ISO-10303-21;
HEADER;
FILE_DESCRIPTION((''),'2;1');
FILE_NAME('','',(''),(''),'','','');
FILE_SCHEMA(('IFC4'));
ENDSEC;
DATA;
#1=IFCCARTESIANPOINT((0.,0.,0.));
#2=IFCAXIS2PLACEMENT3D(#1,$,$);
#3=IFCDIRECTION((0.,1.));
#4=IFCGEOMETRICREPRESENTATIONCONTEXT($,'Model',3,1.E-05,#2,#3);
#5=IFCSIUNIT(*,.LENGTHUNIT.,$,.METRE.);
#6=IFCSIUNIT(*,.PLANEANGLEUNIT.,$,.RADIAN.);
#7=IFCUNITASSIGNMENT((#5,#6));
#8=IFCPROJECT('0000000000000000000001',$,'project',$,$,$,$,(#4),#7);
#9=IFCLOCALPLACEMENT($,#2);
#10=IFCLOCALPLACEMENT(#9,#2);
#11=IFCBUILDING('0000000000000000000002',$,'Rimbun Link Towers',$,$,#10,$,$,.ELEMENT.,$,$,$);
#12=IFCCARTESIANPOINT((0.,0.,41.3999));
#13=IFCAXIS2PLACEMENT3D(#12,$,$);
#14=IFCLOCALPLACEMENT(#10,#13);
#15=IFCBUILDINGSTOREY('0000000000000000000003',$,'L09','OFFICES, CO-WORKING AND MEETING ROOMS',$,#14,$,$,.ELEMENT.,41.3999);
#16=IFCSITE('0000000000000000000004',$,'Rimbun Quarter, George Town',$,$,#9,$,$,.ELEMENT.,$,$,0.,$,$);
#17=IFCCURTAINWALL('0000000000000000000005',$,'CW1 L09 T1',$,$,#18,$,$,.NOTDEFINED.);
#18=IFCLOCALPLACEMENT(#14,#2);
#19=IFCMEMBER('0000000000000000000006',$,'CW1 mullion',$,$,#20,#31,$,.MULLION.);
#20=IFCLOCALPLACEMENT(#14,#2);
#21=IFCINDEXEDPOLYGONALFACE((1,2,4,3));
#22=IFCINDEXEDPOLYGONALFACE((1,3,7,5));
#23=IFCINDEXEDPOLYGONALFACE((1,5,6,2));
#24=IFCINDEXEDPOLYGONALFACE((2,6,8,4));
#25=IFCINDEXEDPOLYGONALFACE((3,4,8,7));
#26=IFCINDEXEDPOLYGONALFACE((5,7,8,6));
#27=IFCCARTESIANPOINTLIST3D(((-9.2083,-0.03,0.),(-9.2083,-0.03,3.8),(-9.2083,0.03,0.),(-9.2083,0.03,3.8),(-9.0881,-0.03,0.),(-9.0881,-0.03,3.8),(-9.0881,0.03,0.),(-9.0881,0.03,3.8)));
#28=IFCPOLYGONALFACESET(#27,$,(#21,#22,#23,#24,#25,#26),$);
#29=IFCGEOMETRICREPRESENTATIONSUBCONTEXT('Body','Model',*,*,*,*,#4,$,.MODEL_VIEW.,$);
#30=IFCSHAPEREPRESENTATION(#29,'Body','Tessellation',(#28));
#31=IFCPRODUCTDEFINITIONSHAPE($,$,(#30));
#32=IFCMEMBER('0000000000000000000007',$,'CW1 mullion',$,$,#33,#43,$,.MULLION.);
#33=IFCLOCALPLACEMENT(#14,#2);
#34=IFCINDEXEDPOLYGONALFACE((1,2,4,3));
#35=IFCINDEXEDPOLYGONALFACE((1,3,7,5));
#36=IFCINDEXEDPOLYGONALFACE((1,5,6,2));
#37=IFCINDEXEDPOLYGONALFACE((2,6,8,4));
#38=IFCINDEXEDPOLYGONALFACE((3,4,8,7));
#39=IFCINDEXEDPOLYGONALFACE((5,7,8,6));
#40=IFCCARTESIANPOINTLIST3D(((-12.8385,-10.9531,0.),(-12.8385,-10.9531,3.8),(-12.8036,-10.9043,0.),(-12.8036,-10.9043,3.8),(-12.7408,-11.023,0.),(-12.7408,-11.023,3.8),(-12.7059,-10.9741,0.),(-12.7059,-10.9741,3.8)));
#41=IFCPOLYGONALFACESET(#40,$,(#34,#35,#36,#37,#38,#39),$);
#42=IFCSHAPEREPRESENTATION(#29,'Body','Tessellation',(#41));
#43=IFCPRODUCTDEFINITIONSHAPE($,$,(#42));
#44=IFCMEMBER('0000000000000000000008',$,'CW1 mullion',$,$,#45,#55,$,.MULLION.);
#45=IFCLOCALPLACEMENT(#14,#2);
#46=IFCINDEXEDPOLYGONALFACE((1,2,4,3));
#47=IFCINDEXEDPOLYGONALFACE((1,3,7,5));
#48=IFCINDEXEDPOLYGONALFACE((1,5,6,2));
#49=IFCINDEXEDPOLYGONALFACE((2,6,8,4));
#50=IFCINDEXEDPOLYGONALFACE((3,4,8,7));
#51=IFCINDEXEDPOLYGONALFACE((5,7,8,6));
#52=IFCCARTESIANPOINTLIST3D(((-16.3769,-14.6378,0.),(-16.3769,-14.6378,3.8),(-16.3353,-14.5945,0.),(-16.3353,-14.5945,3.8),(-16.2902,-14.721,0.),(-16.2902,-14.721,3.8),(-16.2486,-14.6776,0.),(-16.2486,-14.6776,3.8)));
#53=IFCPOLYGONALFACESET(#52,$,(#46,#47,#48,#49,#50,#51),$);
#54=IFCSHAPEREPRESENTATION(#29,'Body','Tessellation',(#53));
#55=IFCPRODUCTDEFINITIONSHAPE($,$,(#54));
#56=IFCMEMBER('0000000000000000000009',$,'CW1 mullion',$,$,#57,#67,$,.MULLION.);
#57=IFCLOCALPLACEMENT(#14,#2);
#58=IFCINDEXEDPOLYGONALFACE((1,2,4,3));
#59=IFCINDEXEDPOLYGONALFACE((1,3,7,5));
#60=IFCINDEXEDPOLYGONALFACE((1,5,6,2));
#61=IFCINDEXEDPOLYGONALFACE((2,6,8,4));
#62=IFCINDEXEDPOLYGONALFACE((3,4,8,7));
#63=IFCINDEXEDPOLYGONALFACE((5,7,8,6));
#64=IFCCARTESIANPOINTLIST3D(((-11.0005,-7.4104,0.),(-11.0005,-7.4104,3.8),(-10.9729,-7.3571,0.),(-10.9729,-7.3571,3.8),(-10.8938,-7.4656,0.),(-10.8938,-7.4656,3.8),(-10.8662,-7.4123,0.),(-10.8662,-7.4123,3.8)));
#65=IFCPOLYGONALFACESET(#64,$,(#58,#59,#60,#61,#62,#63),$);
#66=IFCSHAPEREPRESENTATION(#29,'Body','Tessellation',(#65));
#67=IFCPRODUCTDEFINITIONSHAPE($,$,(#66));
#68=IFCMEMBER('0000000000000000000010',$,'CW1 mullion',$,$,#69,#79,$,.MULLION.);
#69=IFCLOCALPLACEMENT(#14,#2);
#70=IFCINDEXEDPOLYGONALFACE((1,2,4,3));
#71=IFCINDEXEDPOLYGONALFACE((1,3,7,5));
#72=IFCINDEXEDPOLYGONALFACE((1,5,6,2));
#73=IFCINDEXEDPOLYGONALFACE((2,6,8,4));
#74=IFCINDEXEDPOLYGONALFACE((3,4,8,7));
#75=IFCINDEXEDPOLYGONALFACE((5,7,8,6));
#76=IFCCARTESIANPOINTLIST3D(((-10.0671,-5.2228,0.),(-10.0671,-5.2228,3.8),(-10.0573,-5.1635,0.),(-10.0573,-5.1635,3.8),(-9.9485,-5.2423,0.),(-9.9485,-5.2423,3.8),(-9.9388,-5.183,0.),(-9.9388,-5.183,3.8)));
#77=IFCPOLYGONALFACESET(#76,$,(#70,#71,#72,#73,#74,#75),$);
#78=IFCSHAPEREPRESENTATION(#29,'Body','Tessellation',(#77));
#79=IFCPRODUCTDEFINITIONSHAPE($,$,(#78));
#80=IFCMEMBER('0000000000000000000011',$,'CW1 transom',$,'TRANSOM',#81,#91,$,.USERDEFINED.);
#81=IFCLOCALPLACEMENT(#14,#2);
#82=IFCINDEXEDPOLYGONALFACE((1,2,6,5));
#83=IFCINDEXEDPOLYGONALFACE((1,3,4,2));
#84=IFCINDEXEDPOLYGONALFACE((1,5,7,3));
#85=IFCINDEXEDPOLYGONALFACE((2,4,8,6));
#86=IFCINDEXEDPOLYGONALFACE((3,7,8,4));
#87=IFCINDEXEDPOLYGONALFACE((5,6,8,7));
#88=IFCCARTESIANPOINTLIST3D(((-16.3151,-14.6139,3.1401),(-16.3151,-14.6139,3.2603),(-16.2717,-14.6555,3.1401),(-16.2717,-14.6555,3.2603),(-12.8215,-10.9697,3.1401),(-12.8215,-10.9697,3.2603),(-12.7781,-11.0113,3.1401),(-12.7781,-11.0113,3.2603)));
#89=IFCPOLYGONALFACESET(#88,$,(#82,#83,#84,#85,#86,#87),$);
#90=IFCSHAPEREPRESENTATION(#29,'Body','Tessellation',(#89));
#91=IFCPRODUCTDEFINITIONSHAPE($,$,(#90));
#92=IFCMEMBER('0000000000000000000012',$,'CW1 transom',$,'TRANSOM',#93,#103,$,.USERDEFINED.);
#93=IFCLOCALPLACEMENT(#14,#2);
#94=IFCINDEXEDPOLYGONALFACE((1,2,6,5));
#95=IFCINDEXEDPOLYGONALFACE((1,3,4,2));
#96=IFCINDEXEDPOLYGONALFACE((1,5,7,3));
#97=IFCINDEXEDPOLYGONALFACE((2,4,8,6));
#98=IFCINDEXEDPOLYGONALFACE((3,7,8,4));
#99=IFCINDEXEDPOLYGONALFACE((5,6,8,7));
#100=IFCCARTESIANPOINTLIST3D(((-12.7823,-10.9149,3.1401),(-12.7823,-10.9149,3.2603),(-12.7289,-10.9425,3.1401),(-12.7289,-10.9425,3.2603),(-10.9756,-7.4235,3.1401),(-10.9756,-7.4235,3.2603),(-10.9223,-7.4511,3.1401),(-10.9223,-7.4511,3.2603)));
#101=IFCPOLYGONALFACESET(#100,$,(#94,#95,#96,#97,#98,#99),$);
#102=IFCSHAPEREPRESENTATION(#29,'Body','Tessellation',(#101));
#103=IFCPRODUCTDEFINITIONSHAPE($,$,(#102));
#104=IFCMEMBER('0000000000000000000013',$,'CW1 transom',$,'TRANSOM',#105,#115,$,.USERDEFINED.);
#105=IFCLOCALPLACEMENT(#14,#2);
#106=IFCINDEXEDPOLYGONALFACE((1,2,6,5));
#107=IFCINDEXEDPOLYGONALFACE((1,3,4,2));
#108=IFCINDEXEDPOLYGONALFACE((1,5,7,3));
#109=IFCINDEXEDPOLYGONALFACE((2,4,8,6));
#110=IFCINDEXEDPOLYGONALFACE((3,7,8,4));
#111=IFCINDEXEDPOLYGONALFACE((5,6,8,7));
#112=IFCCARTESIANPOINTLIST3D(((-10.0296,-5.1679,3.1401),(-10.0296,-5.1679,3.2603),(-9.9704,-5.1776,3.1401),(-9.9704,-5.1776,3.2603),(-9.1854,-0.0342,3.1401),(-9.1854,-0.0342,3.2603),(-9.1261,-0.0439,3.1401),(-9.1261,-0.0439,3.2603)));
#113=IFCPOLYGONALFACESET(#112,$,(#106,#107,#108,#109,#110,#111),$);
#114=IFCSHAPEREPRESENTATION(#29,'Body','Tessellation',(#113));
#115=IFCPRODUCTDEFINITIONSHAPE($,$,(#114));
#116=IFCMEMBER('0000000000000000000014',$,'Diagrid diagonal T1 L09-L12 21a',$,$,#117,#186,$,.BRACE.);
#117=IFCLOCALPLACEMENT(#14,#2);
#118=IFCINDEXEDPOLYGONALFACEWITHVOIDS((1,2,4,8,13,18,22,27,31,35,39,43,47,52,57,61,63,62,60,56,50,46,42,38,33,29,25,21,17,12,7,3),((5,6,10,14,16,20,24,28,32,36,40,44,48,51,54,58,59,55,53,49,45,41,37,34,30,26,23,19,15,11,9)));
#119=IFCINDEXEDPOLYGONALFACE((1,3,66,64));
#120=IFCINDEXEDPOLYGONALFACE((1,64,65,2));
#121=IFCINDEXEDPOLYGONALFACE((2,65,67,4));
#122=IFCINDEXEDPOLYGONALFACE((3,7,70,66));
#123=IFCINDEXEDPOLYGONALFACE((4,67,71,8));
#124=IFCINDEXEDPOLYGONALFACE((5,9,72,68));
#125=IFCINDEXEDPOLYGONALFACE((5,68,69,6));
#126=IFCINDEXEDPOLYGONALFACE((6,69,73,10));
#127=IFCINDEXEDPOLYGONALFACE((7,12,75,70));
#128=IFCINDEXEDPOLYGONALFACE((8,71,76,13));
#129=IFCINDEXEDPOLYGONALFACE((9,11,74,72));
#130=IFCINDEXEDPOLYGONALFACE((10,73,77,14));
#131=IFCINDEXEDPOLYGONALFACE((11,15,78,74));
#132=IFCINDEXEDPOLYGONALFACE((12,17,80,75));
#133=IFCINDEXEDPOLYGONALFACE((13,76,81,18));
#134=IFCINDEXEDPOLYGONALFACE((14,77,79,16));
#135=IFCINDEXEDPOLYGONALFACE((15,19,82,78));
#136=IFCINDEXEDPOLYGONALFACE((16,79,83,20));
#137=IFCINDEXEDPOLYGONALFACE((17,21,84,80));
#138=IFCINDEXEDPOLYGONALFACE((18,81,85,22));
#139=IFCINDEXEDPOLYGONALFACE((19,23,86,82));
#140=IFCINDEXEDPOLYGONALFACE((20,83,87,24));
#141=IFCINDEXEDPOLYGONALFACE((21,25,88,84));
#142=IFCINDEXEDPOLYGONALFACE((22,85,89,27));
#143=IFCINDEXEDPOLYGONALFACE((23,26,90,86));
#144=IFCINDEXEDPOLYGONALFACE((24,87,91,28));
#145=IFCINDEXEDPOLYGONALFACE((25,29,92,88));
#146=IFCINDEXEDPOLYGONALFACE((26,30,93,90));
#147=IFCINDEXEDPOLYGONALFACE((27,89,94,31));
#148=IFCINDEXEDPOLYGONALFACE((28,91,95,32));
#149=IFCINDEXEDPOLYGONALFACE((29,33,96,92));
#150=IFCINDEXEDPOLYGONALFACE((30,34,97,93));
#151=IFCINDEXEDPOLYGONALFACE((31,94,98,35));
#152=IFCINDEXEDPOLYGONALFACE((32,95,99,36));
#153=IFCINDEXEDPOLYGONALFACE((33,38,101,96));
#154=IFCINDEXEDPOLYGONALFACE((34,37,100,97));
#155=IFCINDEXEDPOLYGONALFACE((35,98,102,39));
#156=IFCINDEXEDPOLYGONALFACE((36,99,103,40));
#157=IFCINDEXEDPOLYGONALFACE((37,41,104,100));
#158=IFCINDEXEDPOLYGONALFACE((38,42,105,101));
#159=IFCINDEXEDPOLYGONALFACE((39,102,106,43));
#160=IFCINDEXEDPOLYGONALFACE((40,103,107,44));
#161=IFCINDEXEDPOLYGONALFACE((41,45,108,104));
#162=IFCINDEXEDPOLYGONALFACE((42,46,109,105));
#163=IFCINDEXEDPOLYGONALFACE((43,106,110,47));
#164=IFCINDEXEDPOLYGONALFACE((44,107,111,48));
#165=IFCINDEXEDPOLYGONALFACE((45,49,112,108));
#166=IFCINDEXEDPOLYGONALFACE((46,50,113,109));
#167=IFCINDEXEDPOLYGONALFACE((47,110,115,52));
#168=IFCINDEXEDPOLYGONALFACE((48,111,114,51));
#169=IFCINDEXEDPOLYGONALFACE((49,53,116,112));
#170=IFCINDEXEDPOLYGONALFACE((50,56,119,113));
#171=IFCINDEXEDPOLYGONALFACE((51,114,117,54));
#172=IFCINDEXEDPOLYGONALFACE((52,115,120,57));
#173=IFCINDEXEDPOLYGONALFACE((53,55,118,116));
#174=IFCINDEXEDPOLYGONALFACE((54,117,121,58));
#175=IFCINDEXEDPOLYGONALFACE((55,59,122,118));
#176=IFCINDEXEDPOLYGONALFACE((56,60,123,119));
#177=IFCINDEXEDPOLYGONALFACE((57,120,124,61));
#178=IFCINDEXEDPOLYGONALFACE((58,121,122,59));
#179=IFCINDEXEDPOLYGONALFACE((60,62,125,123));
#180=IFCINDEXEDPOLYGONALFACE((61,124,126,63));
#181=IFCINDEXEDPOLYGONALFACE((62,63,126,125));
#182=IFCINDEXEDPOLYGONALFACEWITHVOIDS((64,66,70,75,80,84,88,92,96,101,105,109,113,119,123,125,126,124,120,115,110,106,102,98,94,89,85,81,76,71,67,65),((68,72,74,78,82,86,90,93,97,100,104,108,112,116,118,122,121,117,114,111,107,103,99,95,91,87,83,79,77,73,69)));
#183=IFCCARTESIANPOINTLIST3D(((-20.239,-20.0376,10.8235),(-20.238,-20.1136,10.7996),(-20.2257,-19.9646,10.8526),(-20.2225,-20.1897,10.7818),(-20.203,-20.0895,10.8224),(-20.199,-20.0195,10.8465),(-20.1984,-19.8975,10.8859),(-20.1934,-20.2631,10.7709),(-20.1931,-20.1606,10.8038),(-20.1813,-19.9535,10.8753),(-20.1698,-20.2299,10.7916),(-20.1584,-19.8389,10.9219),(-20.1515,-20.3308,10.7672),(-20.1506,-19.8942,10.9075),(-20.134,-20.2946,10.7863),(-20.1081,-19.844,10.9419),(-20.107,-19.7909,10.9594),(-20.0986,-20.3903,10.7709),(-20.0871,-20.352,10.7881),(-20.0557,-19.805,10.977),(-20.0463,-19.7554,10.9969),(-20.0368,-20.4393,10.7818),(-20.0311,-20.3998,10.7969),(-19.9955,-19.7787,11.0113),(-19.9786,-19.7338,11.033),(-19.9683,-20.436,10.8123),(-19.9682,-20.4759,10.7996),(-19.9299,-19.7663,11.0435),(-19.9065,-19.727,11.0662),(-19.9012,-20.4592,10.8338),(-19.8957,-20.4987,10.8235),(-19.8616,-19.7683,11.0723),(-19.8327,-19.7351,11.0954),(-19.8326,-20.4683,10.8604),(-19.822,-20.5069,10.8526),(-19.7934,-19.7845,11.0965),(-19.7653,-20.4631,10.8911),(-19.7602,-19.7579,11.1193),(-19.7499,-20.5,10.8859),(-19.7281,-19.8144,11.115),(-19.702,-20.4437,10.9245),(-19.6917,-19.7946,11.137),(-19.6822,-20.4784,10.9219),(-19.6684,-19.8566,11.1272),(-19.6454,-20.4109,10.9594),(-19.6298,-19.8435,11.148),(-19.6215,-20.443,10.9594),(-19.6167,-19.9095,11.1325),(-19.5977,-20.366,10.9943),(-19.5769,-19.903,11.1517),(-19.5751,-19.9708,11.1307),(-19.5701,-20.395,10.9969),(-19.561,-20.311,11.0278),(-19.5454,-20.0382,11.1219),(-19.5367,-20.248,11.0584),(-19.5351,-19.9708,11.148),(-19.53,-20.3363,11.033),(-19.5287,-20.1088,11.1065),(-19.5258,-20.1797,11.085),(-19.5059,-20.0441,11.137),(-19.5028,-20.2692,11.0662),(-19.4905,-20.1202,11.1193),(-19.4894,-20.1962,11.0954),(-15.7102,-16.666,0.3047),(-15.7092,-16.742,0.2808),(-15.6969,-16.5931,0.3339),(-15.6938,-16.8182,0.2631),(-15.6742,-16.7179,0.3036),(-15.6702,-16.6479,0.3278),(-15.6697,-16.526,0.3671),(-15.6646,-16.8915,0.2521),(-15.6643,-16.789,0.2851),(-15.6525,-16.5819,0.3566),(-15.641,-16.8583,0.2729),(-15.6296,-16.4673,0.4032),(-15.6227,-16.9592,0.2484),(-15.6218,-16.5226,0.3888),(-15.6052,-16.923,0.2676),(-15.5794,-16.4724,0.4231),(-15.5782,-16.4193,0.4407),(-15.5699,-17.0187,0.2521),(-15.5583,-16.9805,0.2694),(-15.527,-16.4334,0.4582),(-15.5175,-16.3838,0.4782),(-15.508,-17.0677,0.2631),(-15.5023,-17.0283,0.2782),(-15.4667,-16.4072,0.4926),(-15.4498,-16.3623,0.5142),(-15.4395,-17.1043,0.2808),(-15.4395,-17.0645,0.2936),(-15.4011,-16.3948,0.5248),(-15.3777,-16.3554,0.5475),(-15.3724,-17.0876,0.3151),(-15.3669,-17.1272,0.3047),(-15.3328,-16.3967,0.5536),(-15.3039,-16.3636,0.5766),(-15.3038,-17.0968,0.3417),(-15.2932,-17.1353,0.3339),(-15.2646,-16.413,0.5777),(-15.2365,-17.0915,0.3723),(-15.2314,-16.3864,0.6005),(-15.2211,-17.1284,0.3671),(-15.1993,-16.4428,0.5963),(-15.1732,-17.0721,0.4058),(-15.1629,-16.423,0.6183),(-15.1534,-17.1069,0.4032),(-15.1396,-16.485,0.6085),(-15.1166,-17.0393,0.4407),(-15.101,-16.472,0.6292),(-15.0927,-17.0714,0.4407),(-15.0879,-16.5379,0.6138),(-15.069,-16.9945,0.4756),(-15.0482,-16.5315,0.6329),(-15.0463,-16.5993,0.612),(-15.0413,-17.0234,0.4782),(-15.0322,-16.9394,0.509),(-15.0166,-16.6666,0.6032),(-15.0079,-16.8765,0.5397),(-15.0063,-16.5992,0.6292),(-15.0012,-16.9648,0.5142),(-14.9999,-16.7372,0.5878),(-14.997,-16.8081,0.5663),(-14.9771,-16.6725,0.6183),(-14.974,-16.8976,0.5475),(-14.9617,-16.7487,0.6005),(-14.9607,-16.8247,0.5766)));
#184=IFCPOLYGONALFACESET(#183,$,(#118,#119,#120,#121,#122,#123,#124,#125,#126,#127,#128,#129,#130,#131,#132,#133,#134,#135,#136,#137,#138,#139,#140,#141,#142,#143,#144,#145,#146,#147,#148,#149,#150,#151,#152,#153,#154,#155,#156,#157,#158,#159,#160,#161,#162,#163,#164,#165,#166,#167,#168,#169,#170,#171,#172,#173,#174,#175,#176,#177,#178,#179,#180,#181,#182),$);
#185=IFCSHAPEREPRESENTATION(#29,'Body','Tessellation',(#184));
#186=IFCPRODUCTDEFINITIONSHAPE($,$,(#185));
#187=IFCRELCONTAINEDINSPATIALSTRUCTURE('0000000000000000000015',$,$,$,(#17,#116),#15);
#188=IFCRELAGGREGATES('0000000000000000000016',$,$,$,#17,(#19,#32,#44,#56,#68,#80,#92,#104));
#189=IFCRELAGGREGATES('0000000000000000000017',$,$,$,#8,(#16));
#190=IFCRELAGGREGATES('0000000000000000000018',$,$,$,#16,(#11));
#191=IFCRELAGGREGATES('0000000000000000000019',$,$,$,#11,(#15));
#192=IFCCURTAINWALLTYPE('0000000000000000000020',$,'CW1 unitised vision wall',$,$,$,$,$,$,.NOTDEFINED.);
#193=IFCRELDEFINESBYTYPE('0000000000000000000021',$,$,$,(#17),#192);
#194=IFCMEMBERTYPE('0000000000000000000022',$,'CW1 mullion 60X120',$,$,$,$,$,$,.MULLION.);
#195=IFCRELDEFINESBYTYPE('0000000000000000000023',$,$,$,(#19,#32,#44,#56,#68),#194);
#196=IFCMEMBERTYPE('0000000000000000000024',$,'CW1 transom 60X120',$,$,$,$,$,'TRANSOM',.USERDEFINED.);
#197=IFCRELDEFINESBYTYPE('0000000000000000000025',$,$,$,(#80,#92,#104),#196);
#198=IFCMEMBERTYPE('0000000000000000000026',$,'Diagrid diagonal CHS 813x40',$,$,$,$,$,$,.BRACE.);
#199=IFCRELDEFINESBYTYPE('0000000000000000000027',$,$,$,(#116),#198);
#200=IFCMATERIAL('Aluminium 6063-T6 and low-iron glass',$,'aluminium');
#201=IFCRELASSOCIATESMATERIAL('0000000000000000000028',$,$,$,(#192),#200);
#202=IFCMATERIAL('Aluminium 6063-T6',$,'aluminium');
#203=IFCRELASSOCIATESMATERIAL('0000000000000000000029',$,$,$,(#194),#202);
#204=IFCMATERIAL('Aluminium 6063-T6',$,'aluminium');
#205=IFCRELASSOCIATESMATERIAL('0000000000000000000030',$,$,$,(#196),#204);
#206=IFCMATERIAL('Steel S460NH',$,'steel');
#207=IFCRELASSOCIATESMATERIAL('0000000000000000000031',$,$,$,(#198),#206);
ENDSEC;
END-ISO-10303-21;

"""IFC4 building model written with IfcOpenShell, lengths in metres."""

from ifc_helpers import new_model, si_unit, direction, frame, origin, origin_2d, place, context, subcontext, project, spatial, rectangle, hollow_circle, extrude, material, material_profile, profile_set, type_object, element, aggregate, save


model = new_model("IFC4")

# Units and contexts
model_context = context("Model", 3, precision=1e-05, world=origin(), true_north=direction((0.0, 1.0)))
body_context = subcontext(model_context, "Body", "Model", "MODEL_VIEW")
ifc_project = project(units=[si_unit("LENGTHUNIT", "METRE"), si_unit("PLANEANGLEUNIT", "RADIAN")], contexts=[model_context])

# Site, building, storey
site_placement = place(None, origin())
site = spatial("IfcSite", under=ifc_project, at=site_placement, Name="Rimbun Quarter, George Town", CompositionType="ELEMENT", RefElevation=0.0)
building_placement = place(site_placement, origin())
building = spatial("IfcBuilding", under=site, at=building_placement, Name="Rimbun Link Towers", CompositionType="ELEMENT")
storey_placement = place(building_placement, frame((0.0, 0.0, 41.3999)))
storey = spatial("IfcBuildingStorey", under=building, at=storey_placement, Name="L09", Description="OFFICES, CO-WORKING AND MEETING ROOMS", CompositionType="ELEMENT", Elevation=41.3999)

# Curtain wall, members
ifc_material_1 = material(Name="Aluminium 6063-T6 and low-iron glass", Category="aluminium")
curtain_wall_type = type_object("IfcCurtainWallType", Name="CW1 unitised vision wall", PredefinedType="NOTDEFINED", material=ifc_material_1)
curtain_wall_placement = place(storey_placement, origin())
curtain_wall = element("IfcCurtainWall", 1, at=curtain_wall_placement, inside=storey, type_object=curtain_wall_type, Name="CW1 L09 T1", PredefinedType="NOTDEFINED")
ifc_material_2 = material(Name="Aluminium 6063-T6", Category="aluminium")
ifc_material_profile_1 = material_profile(ifc_material_2, rectangle(XDim=0.1201, YDim=0.0601, at=origin_2d()), Name="MULLION 60X120")
ifc_profile_set_1 = profile_set([ifc_material_profile_1], Name="Aluminium 6063-T6")
member_type_1 = type_object("IfcMemberType", Name="CW1 mullion 60X120", PredefinedType="MULLION", material=ifc_profile_set_1)
member_1_placement = place(storey_placement, frame((-9.1482, 0.0, 0.0), z_axis=(0.0, 0.0, 1.0), x_axis=(1.0, 0.0, 0.0)))
member_1 = element("IfcMember", 2, at=member_1_placement, type_object=member_type_1, Name="CW1 mullion", PredefinedType="MULLION", context=body_context, shape_type="SweptSolid", body=[
    extrude(rectangle(XDim=0.1201, YDim=0.0601, at=origin_2d()), origin(), (0.0, 0.0, 1.0), 3.8),
])
member_2_placement = place(storey_placement, frame((-12.7722, -10.9636, 0.0), z_axis=(0.0, 0.0, 1.0), x_axis=(0.813349, -0.581776, 0.0)))
member_2 = element("IfcMember", 3, at=member_2_placement, type_object=member_type_1, Name="CW1 mullion", PredefinedType="MULLION", context=body_context, shape_type="SweptSolid", body=[
    extrude(rectangle(XDim=0.1201, YDim=0.0601, at=origin_2d()), origin(), (0.0, 0.0, 1.0), 3.8),
])
member_3_placement = place(storey_placement, frame((-16.3127, -14.6577, 0.0), z_axis=(0.0, 0.0, 1.0), x_axis=(0.721848, -0.692052, 0.0)))
member_3 = element("IfcMember", 4, at=member_3_placement, type_object=member_type_1, Name="CW1 mullion", PredefinedType="MULLION", context=body_context, shape_type="SweptSolid", body=[
    extrude(rectangle(XDim=0.1201, YDim=0.0601, at=origin_2d()), origin(), (0.0, 0.0, 1.0), 3.8),
])
member_4_placement = place(storey_placement, frame((-10.9333, -7.4114, 0.0), z_axis=(0.0, 0.0, 1.0), x_axis=(0.888149, -0.459555, 0.0)))
member_4 = element("IfcMember", 5, at=member_4_placement, type_object=member_type_1, Name="CW1 mullion", PredefinedType="MULLION", context=body_context, shape_type="SweptSolid", body=[
    extrude(rectangle(XDim=0.1201, YDim=0.0601, at=origin_2d()), origin(), (0.0, 0.0, 1.0), 3.8),
])
member_5_placement = place(storey_placement, frame((-10.0029, -5.2029, 0.0), z_axis=(0.0, 0.0, 1.0), x_axis=(0.986748, -0.162258, 0.0)))
member_5 = element("IfcMember", 6, at=member_5_placement, type_object=member_type_1, Name="CW1 mullion", PredefinedType="MULLION", context=body_context, shape_type="SweptSolid", body=[
    extrude(rectangle(XDim=0.1201, YDim=0.0601, at=origin_2d()), origin(), (0.0, 0.0, 1.0), 3.8),
])
ifc_material_3 = material(Name="Aluminium 6063-T6", Category="aluminium")
ifc_material_profile_2 = material_profile(ifc_material_3, rectangle(XDim=0.0601, YDim=0.1201, at=origin_2d()), Name="TRANSOM 60X120")
ifc_profile_set_2 = profile_set([ifc_material_profile_2], Name="Aluminium 6063-T6")
member_type_2 = type_object("IfcMemberType", Name="CW1 transom 60X120", ElementType="TRANSOM", PredefinedType="USERDEFINED", material=ifc_profile_set_2)
member_6_placement = place(storey_placement, frame((-12.7998, -10.9905, 3.2002), z_axis=(-0.69203, -0.721868, 0.0), x_axis=(0.721868, -0.69203, 0.0)))
member_6 = element("IfcMember", 7, at=member_6_placement, type_object=member_type_2, Name="CW1 transom", ObjectType="TRANSOM", PredefinedType="USERDEFINED", context=body_context, shape_type="SweptSolid", body=[
    extrude(rectangle(XDim=0.0601, YDim=0.1201, at=origin_2d()), origin(), (0.0, 0.0, 1.0), 5.0483),
])
member_7_placement = place(storey_placement, frame((-10.949, -7.4373, 3.2002), z_axis=(-0.459567, -0.888143, 0.0), x_axis=(0.888143, -0.459567, 0.0)))
member_7 = element("IfcMember", 8, at=member_7_placement, type_object=member_type_2, Name="CW1 transom", ObjectType="TRANSOM", PredefinedType="USERDEFINED", context=body_context, shape_type="SweptSolid", body=[
    extrude(rectangle(XDim=0.0601, YDim=0.1201, at=origin_2d()), origin(), (0.0, 0.0, 1.0), 3.9312),
])
member_8_placement = place(storey_placement, frame((-9.1558, -0.0391, 3.2002), z_axis=(-0.162268, -0.986747, 0.0), x_axis=(0.986747, -0.162268, 0.0)))
member_8 = element("IfcMember", 9, at=member_8_placement, type_object=member_type_2, Name="CW1 transom", ObjectType="TRANSOM", PredefinedType="USERDEFINED", context=body_context, shape_type="SweptSolid", body=[
    extrude(rectangle(XDim=0.0601, YDim=0.1201, at=origin_2d()), origin(), (0.0, 0.0, 1.0), 5.2026),
])

# Member
ifc_material_4 = material(Name="Steel S460NH", Category="steel")
ifc_material_profile_3 = material_profile(ifc_material_4, hollow_circle(Radius=0.4065, WallThickness=0.04, at=origin_2d()), Name="Diagrid diagonal CHS 813x40")
ifc_profile_set_3 = profile_set([ifc_material_profile_3], Name="Steel S460NH")
member_type_3 = type_object("IfcMemberType", Name="Diagrid diagonal CHS 813x40", PredefinedType="BRACE", material=ifc_profile_set_3)
member_9_placement = place(storey_placement, frame((-15.3354, -16.7454, 0.4407), z_axis=(-0.379351, -0.282417, 0.881098), x_axis=(0.59716, -0.802122, 0.0)))
element("IfcMember", 10, at=member_9_placement, inside=storey, type_object=member_type_3, Name="Diagrid diagonal T1 L09-L12 21a", PredefinedType="BRACE", context=body_context, shape_type="SweptSolid", body=[
    extrude(hollow_circle(Radius=0.4065, WallThickness=0.04, at=origin_2d()), origin(), (0.0, 0.0, 1.0), 11.9382),
])

aggregate(curtain_wall, [member_1, member_2, member_3, member_4, member_5, member_6, member_7, member_8])

save(model, "model.ifc")
